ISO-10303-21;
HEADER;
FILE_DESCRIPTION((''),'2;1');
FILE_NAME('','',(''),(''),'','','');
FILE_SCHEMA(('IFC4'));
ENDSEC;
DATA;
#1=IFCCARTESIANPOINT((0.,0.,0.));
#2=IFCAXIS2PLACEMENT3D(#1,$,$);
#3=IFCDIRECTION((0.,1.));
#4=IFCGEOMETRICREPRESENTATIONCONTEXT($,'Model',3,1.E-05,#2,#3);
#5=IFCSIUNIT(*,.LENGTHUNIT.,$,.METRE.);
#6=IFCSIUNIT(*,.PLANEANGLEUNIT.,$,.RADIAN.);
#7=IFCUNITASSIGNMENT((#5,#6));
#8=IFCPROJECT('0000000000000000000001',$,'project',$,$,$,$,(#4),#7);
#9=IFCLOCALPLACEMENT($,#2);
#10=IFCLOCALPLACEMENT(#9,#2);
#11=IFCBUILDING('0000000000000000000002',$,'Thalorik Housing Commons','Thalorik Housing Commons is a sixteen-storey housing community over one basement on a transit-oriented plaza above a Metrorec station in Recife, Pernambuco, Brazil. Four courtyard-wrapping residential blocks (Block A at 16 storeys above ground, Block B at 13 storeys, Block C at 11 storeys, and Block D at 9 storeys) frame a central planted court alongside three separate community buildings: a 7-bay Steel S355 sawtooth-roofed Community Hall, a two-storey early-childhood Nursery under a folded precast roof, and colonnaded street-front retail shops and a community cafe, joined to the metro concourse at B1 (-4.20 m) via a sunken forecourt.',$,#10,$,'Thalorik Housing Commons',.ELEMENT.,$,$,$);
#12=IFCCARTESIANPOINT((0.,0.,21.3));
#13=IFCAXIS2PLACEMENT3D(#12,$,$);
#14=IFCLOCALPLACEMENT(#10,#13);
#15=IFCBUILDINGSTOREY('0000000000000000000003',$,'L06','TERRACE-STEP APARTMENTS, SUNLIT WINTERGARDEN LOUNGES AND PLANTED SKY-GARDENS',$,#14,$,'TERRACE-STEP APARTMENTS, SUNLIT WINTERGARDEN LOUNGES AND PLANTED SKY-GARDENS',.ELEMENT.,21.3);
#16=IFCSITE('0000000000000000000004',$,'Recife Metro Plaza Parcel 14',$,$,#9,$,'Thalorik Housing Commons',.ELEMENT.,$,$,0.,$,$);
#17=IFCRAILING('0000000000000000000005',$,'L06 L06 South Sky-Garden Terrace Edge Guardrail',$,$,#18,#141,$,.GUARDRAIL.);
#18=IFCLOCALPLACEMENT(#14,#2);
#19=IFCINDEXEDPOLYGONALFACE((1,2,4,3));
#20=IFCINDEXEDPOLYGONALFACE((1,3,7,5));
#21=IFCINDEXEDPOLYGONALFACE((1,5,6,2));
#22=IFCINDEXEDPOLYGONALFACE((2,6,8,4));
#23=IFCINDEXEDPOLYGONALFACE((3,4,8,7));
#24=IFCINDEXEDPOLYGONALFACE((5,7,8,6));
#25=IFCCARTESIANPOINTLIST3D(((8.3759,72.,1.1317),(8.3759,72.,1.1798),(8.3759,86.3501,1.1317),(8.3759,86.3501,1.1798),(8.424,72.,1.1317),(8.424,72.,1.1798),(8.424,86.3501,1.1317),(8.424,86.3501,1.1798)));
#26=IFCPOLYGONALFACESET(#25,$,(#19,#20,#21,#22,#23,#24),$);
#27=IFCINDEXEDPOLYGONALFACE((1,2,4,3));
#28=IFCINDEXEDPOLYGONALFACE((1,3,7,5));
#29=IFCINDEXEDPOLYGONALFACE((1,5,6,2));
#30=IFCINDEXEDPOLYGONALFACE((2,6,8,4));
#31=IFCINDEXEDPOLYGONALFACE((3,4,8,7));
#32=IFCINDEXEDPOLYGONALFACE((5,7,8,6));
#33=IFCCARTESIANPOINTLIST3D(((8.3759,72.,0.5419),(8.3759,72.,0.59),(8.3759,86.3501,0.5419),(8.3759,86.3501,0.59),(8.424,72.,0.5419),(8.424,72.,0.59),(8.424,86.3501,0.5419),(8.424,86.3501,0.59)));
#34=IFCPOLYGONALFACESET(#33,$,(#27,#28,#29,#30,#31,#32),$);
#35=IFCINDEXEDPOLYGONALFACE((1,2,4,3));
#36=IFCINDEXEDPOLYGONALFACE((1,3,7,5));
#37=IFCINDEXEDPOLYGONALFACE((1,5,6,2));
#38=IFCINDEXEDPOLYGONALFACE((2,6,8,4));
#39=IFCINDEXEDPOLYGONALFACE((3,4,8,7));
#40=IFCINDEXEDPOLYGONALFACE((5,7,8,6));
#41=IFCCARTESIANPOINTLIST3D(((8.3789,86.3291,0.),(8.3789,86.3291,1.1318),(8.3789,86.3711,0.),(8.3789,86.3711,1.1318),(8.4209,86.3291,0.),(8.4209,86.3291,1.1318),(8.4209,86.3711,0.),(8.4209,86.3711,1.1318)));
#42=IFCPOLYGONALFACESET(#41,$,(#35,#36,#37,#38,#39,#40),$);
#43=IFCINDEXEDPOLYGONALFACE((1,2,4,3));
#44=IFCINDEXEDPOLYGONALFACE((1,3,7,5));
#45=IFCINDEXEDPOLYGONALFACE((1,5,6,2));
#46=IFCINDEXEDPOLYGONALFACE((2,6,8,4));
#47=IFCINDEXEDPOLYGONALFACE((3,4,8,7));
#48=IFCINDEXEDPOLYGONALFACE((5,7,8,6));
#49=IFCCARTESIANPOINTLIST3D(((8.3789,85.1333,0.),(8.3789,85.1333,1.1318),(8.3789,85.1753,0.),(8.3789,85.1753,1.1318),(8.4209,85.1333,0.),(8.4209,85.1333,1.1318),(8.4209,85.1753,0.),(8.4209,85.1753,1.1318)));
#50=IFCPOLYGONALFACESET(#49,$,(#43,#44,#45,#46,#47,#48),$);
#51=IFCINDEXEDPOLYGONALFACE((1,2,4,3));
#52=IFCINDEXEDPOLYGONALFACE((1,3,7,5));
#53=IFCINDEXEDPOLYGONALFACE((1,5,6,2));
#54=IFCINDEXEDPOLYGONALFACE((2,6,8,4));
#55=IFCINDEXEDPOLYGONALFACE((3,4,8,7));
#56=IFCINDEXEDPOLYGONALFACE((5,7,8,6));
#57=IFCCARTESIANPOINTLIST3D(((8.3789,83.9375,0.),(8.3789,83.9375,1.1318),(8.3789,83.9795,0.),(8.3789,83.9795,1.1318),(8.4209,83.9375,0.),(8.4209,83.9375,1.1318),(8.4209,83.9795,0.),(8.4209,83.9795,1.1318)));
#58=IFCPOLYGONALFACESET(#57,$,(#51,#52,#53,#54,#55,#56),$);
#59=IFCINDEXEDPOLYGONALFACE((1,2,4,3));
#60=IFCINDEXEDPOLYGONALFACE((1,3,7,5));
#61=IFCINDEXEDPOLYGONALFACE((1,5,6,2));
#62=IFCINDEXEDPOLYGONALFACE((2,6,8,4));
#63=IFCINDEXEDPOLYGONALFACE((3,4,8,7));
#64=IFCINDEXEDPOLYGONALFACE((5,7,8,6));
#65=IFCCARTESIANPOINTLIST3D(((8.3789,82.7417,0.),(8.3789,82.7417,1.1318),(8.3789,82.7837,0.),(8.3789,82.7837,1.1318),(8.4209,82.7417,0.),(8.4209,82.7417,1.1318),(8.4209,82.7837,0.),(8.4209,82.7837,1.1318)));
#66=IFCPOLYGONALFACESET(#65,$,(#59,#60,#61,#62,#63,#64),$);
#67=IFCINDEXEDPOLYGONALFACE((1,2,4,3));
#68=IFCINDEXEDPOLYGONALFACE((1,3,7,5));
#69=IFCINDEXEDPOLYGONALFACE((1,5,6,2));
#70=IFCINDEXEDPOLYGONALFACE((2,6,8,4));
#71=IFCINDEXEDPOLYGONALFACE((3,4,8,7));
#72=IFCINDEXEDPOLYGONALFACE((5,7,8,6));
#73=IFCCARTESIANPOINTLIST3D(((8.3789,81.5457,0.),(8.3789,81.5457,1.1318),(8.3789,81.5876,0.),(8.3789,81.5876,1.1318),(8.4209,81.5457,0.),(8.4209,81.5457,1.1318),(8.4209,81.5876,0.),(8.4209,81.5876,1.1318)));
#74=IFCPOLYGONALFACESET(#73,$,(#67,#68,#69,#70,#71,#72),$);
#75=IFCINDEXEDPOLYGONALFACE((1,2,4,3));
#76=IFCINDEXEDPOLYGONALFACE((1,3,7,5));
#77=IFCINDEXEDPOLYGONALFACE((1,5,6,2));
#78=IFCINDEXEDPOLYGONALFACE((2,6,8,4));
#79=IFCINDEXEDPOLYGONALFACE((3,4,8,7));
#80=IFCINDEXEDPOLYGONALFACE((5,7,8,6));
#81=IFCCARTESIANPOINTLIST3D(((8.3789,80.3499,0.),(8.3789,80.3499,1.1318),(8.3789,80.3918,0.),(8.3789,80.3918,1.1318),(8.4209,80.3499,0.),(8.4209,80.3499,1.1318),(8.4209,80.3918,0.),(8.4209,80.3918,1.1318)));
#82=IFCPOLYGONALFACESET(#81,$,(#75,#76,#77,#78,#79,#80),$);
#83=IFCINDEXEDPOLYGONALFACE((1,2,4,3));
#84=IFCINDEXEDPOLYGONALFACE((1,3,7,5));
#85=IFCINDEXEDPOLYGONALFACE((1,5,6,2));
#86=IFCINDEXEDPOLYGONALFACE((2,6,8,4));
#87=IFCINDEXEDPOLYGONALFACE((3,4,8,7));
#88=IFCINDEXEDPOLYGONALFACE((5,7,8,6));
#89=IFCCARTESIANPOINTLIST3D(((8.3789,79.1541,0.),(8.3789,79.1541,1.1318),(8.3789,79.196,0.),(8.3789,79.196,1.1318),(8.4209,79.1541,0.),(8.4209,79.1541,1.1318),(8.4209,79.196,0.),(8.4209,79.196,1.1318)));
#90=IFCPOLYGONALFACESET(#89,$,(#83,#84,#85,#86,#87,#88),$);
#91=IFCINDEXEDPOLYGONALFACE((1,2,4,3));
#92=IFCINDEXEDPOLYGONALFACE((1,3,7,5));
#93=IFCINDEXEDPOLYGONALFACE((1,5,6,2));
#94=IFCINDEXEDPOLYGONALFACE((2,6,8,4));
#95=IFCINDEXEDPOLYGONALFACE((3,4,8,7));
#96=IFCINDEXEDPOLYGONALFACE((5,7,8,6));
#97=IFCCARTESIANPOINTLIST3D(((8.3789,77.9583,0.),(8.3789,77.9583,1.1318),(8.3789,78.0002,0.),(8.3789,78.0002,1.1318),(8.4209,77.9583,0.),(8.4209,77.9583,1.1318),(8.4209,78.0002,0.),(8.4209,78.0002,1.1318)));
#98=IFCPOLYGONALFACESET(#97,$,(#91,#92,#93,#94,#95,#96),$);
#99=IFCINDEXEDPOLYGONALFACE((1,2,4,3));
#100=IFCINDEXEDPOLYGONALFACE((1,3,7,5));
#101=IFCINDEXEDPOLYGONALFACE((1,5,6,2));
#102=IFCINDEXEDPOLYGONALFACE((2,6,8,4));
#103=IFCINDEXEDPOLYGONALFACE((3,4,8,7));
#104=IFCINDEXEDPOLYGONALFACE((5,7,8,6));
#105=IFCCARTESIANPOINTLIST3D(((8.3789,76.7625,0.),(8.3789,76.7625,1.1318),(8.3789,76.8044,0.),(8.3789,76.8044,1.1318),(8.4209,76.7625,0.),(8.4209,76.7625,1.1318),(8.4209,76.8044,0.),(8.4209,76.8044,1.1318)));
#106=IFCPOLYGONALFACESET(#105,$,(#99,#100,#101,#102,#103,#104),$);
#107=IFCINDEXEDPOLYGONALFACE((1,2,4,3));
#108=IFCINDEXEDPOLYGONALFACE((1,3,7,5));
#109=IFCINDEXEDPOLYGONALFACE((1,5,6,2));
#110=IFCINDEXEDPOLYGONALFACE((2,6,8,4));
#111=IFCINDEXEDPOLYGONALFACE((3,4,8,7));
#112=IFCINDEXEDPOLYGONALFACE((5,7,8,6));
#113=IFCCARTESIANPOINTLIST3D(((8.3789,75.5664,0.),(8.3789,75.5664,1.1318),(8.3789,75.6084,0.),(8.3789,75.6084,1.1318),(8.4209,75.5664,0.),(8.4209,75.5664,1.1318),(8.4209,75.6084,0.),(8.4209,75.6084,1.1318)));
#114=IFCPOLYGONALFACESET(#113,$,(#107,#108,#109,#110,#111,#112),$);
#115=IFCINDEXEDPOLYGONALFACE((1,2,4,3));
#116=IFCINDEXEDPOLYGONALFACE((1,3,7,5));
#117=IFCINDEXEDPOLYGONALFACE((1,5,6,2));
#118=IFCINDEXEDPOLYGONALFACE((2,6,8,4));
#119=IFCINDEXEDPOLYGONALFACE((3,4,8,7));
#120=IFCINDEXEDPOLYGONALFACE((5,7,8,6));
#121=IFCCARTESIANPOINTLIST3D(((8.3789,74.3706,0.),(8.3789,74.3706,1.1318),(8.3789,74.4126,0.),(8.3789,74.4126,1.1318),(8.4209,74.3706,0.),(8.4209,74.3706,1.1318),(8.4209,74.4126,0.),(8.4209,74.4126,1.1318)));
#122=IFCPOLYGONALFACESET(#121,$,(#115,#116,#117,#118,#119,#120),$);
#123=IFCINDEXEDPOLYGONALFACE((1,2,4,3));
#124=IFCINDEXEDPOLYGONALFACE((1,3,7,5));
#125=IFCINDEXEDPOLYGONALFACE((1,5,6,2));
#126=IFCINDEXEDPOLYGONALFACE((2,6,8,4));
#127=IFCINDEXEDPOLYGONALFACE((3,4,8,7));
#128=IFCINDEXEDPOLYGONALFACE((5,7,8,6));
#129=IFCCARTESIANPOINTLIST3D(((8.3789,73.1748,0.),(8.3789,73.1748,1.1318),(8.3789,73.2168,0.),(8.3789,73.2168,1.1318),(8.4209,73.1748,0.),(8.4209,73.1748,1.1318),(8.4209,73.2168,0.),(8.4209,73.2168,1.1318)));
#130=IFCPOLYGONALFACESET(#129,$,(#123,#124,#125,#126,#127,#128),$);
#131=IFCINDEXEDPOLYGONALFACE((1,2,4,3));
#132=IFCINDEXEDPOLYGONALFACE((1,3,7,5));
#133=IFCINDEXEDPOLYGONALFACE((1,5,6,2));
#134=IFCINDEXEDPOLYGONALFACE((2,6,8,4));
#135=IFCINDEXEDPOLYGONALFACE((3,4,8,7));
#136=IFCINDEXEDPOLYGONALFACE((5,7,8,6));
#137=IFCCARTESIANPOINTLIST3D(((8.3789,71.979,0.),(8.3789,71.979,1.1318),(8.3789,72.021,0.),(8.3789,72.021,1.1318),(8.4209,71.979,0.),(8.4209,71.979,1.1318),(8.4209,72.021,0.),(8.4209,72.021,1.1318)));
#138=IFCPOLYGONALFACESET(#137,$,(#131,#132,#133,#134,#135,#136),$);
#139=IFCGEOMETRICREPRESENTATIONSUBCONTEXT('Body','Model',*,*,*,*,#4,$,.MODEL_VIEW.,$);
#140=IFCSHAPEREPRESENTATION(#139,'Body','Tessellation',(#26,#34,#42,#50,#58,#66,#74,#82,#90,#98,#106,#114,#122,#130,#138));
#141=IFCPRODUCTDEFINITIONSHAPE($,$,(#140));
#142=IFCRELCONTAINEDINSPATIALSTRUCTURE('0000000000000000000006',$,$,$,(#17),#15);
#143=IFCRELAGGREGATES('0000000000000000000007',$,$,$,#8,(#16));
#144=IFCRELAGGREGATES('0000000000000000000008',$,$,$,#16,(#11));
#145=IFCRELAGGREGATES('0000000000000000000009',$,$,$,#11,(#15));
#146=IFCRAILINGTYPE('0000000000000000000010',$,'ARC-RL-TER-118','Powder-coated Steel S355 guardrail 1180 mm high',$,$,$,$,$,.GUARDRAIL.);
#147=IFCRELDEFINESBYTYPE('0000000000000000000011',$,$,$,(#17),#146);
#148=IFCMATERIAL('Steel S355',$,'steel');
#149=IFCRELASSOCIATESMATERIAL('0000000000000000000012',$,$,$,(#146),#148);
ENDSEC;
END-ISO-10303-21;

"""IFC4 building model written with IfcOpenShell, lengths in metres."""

from ifc_helpers import new_model, si_unit, direction, frame, origin, origin_2d, place, context, subcontext, project, spatial, rectangle, extrude, material, type_object, element, save


model = new_model("IFC4")

# Units and contexts
model_context = context("Model", 3, precision=1e-05, world=origin(), true_north=direction((0.0, 1.0)))
body_context = subcontext(model_context, "Body", "Model", "MODEL_VIEW")
ifc_project = project(units=[si_unit("LENGTHUNIT", "METRE"), si_unit("PLANEANGLEUNIT", "RADIAN")], contexts=[model_context])

# Site, building, storey
site_placement = place(None, origin())
site = spatial("IfcSite", under=ifc_project, at=site_placement, Name="Recife Metro Plaza Parcel 14", LongName="Thalorik Housing Commons", CompositionType="ELEMENT", RefElevation=0.0)
building_placement = place(site_placement, origin())
building = spatial("IfcBuilding", under=site, at=building_placement, Name="Thalorik Housing Commons", Description="Thalorik Housing Commons is a sixteen-storey housing community over one basement on a transit-oriented plaza above a Metrorec station in Recife, Pernambuco, Brazil. Four courtyard-wrapping residential blocks (Block A at 16 storeys above ground, Block B at 13 storeys, Block C at 11 storeys, and Block D at 9 storeys) frame a central planted court alongside three separate community buildings: a 7-bay Steel S355 sawtooth-roofed Community Hall, a two-storey early-childhood Nursery under a folded precast roof, and colonnaded street-front retail shops and a community cafe, joined to the metro concourse at B1 (-4.20 m) via a sunken forecourt.", LongName="Thalorik Housing Commons", CompositionType="ELEMENT")
storey_placement = place(building_placement, frame((0.0, 0.0, 21.3)))
storey = spatial("IfcBuildingStorey", under=building, at=storey_placement, Name="L06", Description="TERRACE-STEP APARTMENTS, SUNLIT WINTERGARDEN LOUNGES AND PLANTED SKY-GARDENS", LongName="TERRACE-STEP APARTMENTS, SUNLIT WINTERGARDEN LOUNGES AND PLANTED SKY-GARDENS", CompositionType="ELEMENT", Elevation=21.3)

# Railing
ifc_material_1 = material(Name="Steel S355", Category="steel")
railing_type_1 = type_object("IfcRailingType", Name="ARC-RL-TER-118", Description="Powder-coated Steel S355 guardrail 1180 mm high", PredefinedType="GUARDRAIL", material=ifc_material_1)
railing_1_placement = place(storey_placement, frame((8.3999, 86.3501, 0.0)))
element("IfcRailing", 1, at=railing_1_placement, inside=storey, type_object=railing_type_1, Name="L06 L06 South Sky-Garden Terrace Edge Guardrail", PredefinedType="GUARDRAIL", context=body_context, shape_type="SweptSolid", body=[
    extrude(rectangle(XDim=0.0481, YDim=0.0481, at=origin_2d()), frame((0.0, 0.0, 1.1558), z_axis=(0.0, -1.0, 0.0), x_axis=(1.0, 0.0, 0.0)), (0.0, 0.0, 1.0), 14.3501),
    extrude(rectangle(XDim=0.0481, YDim=0.0481, at=origin_2d()), frame((0.0, 0.0, 0.5659), z_axis=(0.0, -1.0, 0.0), x_axis=(1.0, 0.0, 0.0)), (0.0, 0.0, 1.0), 14.3501),
    extrude(rectangle(XDim=0.042, YDim=0.042, at=origin_2d()), origin(), (0.0, 0.0, 1.0), 1.1318),
    extrude(rectangle(XDim=0.042, YDim=0.042, at=origin_2d()), frame((0.0, -1.1958, 0.0)), (0.0, 0.0, 1.0), 1.1318),
    extrude(rectangle(XDim=0.042, YDim=0.042, at=origin_2d()), frame((0.0, -2.3916, 0.0)), (0.0, 0.0, 1.0), 1.1318),
    extrude(rectangle(XDim=0.042, YDim=0.042, at=origin_2d()), frame((0.0, -3.5874, 0.0)), (0.0, 0.0, 1.0), 1.1318),
    extrude(rectangle(XDim=0.042, YDim=0.042, at=origin_2d()), frame((0.0, -4.7834, 0.0)), (0.0, 0.0, 1.0), 1.1318),
    extrude(rectangle(XDim=0.042, YDim=0.042, at=origin_2d()), frame((0.0, -5.9792, 0.0)), (0.0, 0.0, 1.0), 1.1318),
    extrude(rectangle(XDim=0.042, YDim=0.042, at=origin_2d()), frame((0.0, -7.175, 0.0)), (0.0, 0.0, 1.0), 1.1318),
    extrude(rectangle(XDim=0.042, YDim=0.042, at=origin_2d()), frame((0.0, -8.3708, 0.0)), (0.0, 0.0, 1.0), 1.1318),
    extrude(rectangle(XDim=0.042, YDim=0.042, at=origin_2d()), frame((0.0, -9.5667, 0.0)), (0.0, 0.0, 1.0), 1.1318),
    extrude(rectangle(XDim=0.042, YDim=0.042, at=origin_2d()), frame((0.0, -10.7627, 0.0)), (0.0, 0.0, 1.0), 1.1318),
    extrude(rectangle(XDim=0.042, YDim=0.042, at=origin_2d()), frame((0.0, -11.9585, 0.0)), (0.0, 0.0, 1.0), 1.1318),
    extrude(rectangle(XDim=0.042, YDim=0.042, at=origin_2d()), frame((0.0, -13.1543, 0.0)), (0.0, 0.0, 1.0), 1.1318),
    extrude(rectangle(XDim=0.042, YDim=0.042, at=origin_2d()), frame((0.0, -14.3501, 0.0)), (0.0, 0.0, 1.0), 1.1318),
])

save(model, "model.ifc")
